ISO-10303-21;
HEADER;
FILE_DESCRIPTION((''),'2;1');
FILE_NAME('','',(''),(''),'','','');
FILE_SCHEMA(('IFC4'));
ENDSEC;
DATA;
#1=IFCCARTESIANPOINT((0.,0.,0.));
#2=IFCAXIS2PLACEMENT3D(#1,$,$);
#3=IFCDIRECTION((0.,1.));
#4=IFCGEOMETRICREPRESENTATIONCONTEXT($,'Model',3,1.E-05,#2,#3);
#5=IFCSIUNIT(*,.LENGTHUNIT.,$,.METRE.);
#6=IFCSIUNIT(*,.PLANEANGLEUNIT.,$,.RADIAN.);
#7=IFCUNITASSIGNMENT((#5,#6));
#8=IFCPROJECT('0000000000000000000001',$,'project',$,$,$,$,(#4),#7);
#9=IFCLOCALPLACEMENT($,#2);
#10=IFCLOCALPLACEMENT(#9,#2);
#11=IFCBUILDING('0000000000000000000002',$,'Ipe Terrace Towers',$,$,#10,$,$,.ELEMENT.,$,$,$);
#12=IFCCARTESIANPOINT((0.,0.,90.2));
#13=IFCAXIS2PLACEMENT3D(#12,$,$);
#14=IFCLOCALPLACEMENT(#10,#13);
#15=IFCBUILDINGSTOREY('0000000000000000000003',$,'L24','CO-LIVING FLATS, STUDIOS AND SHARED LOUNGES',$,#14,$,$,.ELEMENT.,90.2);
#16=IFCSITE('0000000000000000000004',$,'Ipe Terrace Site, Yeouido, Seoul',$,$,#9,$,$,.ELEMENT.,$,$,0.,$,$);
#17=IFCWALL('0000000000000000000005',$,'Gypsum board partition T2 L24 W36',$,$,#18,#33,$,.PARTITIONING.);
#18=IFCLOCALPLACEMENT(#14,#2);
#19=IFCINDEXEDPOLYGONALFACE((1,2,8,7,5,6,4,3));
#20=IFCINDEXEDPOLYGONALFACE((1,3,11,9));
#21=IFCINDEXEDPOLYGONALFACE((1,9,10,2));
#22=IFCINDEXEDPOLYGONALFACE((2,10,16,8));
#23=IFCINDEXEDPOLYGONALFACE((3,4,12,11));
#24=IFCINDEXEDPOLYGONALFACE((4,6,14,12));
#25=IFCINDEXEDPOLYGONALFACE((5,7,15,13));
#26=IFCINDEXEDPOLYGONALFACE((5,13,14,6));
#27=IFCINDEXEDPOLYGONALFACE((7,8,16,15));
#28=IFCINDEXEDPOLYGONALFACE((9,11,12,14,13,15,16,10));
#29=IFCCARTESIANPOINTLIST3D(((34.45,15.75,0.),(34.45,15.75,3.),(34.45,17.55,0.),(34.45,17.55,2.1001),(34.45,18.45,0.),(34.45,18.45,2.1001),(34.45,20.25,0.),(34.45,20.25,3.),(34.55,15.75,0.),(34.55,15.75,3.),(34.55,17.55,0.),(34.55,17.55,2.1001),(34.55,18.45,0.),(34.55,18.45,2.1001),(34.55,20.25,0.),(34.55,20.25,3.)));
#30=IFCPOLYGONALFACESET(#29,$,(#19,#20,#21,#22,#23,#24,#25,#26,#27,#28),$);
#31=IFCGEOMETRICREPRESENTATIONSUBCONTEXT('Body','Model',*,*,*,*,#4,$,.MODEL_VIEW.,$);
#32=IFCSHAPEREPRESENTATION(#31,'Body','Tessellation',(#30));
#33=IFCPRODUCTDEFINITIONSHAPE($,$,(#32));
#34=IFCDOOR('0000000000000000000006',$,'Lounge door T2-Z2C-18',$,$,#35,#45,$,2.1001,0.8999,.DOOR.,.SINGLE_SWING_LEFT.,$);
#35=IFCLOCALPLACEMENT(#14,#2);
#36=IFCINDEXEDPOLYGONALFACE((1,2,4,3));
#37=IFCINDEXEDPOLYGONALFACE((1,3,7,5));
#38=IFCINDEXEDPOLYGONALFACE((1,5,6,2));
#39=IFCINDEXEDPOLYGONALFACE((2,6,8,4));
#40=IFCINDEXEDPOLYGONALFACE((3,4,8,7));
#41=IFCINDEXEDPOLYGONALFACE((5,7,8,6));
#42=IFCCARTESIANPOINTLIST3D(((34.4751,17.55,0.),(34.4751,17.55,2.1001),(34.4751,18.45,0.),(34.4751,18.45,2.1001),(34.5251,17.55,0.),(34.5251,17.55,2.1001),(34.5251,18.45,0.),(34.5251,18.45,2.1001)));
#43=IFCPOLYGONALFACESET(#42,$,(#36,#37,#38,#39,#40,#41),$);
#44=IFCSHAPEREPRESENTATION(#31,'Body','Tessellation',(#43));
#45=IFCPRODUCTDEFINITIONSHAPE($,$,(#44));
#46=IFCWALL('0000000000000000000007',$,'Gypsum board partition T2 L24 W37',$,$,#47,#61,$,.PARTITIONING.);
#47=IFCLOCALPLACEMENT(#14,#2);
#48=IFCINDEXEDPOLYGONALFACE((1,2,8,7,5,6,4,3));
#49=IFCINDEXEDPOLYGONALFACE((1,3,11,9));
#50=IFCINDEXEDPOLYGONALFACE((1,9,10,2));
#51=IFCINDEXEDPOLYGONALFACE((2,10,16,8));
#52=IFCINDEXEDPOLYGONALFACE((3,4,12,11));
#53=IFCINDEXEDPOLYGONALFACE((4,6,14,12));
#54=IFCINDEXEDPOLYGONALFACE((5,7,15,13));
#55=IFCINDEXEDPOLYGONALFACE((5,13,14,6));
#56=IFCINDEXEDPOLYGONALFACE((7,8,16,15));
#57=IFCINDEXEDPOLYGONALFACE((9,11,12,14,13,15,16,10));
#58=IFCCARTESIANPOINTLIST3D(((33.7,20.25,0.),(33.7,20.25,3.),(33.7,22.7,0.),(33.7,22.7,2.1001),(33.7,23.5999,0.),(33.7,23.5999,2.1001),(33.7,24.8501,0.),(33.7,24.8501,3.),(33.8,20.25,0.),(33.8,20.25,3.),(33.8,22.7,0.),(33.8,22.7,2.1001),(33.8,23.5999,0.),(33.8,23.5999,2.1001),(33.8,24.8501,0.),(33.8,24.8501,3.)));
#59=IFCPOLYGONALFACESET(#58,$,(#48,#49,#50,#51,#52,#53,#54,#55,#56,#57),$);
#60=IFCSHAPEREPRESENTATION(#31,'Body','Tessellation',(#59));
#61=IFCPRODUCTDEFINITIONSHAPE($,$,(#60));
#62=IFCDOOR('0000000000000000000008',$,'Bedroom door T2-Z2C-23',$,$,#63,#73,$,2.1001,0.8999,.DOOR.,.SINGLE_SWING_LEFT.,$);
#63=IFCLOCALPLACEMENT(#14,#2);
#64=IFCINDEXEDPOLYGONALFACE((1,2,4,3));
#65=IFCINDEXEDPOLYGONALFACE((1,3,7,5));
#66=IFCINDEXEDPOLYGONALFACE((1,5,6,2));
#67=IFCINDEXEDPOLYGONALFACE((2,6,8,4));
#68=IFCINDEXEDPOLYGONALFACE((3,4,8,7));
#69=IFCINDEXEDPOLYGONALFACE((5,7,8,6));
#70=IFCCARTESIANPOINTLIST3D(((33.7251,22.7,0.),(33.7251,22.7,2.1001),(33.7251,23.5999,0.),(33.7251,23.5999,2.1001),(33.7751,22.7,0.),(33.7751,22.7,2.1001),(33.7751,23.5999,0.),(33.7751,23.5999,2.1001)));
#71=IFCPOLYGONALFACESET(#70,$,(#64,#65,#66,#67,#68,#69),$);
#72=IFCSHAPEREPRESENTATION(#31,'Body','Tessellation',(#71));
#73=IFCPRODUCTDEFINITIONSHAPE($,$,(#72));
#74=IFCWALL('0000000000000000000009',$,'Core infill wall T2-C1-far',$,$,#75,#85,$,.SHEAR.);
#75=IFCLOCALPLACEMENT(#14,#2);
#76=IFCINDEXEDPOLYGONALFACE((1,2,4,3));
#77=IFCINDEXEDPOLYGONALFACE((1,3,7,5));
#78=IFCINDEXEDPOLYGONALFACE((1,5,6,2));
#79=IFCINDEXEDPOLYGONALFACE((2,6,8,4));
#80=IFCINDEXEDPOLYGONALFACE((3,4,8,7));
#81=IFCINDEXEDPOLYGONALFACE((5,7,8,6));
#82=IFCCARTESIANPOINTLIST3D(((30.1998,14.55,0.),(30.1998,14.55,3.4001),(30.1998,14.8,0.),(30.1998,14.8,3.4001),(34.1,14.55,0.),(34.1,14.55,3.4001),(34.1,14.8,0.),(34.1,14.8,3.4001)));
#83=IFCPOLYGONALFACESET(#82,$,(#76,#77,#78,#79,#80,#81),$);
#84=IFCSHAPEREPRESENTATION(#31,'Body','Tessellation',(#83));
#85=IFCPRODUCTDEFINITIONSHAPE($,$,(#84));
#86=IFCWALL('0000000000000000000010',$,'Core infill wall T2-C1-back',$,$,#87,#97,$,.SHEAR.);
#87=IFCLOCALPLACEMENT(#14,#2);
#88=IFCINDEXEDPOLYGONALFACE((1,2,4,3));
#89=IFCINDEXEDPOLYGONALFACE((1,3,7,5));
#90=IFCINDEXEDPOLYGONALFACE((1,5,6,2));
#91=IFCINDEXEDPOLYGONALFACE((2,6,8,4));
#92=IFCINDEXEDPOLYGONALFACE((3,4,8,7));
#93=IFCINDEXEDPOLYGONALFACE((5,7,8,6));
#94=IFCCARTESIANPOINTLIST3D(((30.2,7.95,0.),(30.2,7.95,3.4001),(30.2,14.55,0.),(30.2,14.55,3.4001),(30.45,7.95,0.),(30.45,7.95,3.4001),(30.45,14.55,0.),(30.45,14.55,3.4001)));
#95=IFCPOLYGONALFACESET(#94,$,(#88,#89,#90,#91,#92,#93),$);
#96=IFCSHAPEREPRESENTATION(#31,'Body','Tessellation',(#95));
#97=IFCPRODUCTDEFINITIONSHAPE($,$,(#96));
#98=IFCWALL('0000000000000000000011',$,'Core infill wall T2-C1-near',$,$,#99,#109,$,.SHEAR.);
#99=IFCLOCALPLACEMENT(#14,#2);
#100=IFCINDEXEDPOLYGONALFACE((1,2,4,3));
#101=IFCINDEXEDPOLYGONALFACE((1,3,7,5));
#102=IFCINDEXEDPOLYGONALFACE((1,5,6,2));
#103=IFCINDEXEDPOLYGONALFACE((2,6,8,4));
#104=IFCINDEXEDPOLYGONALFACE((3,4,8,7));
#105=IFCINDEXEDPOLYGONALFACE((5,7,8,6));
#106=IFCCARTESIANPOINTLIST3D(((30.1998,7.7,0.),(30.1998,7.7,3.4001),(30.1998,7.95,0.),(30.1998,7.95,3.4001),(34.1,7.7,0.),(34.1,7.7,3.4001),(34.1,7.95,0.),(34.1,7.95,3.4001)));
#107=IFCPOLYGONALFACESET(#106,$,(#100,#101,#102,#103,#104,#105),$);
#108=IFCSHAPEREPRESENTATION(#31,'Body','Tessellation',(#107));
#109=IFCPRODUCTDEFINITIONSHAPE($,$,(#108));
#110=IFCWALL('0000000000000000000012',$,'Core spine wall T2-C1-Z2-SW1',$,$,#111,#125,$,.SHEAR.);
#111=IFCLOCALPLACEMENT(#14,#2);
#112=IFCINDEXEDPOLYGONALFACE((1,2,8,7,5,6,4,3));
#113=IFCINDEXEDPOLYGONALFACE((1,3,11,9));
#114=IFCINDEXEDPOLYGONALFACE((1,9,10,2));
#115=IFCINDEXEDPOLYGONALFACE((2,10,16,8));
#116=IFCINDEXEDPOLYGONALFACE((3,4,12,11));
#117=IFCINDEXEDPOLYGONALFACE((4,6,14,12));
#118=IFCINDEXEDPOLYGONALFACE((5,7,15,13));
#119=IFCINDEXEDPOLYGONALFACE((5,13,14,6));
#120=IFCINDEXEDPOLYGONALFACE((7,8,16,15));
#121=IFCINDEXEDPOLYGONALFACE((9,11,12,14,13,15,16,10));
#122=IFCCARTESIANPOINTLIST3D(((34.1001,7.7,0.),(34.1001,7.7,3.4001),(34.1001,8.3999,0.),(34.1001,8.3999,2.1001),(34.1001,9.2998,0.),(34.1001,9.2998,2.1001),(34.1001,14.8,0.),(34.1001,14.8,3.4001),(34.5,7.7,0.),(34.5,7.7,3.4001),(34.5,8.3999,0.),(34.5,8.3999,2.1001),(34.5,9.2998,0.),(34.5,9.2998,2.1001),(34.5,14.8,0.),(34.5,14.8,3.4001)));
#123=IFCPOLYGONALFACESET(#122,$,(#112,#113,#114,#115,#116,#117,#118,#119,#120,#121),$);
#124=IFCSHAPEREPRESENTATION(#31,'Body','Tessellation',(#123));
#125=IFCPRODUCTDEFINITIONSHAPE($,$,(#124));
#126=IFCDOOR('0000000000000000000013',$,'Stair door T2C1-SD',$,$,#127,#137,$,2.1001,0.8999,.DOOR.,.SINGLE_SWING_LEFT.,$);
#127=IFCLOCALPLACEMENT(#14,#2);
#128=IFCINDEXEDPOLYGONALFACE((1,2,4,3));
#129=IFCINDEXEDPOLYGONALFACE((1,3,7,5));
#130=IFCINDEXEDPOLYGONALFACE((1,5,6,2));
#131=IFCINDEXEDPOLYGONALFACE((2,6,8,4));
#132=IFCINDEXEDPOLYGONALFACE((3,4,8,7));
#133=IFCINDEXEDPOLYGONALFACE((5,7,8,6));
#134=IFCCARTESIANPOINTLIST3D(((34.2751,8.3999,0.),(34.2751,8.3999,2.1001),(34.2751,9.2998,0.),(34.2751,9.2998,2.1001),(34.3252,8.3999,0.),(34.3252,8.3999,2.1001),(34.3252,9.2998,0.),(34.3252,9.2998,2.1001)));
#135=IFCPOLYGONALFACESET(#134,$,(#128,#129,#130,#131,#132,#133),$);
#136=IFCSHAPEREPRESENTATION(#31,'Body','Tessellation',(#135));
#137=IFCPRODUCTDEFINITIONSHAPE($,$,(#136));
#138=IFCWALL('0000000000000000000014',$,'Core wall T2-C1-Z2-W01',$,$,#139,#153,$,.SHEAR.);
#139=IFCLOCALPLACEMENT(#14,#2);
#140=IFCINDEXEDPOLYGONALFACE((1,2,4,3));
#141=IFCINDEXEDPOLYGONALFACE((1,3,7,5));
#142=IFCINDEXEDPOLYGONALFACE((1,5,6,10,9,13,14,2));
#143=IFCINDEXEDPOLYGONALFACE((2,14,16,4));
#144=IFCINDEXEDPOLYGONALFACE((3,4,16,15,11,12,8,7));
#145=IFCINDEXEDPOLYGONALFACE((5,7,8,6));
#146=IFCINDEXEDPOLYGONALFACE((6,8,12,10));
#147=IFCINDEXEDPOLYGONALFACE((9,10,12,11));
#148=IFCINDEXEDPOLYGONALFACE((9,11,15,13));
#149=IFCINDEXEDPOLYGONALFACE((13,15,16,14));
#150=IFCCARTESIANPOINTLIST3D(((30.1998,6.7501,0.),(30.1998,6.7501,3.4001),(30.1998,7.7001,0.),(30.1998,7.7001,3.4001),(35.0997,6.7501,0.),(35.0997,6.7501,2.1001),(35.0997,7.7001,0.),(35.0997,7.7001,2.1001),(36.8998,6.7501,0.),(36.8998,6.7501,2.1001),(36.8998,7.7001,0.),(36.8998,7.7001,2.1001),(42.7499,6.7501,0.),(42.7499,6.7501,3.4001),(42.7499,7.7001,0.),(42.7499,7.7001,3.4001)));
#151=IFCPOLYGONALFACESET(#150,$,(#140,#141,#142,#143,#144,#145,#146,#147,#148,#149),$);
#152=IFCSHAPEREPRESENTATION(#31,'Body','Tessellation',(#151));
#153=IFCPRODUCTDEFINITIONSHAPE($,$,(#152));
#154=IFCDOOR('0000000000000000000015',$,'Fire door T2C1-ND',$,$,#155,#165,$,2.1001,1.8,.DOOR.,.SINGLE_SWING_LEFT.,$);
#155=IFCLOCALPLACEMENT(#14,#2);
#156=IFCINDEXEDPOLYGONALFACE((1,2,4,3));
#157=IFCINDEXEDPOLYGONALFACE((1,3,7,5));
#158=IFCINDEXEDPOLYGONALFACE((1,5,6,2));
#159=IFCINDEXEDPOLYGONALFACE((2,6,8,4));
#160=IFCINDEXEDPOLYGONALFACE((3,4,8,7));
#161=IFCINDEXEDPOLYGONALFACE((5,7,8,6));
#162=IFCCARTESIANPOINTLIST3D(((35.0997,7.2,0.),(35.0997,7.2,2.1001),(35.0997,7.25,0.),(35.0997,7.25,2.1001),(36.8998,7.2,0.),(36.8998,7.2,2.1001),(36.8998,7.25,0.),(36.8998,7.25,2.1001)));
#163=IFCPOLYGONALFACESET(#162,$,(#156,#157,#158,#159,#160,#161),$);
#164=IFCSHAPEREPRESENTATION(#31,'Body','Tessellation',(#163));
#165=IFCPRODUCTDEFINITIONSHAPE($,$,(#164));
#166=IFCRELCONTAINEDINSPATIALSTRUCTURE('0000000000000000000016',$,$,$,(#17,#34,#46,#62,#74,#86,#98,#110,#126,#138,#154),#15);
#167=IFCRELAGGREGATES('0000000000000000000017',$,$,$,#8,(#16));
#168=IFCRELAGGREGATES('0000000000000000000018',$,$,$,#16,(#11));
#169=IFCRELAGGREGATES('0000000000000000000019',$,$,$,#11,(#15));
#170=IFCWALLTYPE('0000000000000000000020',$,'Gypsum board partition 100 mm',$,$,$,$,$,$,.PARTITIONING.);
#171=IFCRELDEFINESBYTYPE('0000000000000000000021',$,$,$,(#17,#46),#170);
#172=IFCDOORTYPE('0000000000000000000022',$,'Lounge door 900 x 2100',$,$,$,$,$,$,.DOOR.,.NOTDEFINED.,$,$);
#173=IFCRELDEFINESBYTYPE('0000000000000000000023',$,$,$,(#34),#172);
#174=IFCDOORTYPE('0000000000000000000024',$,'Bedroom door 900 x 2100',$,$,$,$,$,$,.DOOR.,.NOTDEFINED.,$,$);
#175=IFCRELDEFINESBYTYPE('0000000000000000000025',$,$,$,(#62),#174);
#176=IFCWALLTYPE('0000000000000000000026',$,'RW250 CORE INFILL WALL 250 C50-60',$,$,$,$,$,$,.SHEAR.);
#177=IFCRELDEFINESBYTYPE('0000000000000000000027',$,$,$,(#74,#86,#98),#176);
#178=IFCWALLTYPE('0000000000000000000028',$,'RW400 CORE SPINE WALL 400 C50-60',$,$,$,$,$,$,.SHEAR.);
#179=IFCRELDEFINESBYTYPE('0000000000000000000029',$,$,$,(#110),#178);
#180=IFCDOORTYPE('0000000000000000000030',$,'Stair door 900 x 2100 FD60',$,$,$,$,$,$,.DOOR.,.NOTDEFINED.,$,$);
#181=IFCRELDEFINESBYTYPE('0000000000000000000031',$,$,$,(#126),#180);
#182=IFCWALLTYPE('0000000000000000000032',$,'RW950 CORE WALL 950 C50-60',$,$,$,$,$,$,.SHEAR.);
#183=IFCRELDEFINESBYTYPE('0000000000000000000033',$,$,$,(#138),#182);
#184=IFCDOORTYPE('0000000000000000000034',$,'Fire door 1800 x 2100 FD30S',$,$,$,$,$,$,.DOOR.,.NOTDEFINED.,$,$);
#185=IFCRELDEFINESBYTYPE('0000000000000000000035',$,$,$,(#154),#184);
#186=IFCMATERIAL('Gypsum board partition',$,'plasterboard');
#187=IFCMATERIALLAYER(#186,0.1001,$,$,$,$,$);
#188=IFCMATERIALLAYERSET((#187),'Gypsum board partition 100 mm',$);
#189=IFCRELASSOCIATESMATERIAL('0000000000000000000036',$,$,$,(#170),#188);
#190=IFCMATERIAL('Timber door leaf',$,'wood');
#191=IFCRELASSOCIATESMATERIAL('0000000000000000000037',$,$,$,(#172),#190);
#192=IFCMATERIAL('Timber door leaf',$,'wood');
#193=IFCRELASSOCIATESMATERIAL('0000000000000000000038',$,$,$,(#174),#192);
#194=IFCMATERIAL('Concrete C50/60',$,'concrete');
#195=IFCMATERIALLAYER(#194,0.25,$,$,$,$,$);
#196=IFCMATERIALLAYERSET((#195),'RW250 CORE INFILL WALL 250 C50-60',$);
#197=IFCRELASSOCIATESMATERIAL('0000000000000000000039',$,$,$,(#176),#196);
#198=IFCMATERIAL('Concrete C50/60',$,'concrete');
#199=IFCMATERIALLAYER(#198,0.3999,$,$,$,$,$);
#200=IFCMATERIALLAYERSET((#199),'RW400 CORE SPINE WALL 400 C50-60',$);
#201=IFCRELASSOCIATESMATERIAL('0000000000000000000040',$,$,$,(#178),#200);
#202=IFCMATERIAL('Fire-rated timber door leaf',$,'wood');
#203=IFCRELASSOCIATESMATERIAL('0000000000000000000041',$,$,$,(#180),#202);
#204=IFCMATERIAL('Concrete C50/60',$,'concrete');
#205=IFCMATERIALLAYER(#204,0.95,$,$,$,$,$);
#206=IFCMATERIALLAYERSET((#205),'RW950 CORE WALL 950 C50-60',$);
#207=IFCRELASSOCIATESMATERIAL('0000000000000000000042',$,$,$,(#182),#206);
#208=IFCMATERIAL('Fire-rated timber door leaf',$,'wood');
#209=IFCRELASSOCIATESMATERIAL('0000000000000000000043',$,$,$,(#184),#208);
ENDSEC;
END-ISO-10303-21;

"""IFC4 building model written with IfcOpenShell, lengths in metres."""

from ifc_helpers import new_model, si_unit, direction, frame, frame_2d, origin, place, context, subcontext, project, spatial, rectangle, extrude, material, layer, layer_set, type_object, element, fill, save


model = new_model("IFC4")

# Units and contexts
model_context = context("Model", 3, precision=1e-05, world=origin(), true_north=direction((0.0, 1.0)))
body_context = subcontext(model_context, "Body", "Model", "MODEL_VIEW")
ifc_project = project(units=[si_unit("LENGTHUNIT", "METRE"), si_unit("PLANEANGLEUNIT", "RADIAN")], contexts=[model_context])

# Site, building, storey
site_placement = place(None, origin())
site = spatial("IfcSite", under=ifc_project, at=site_placement, Name="Ipe Terrace Site, Yeouido, Seoul", CompositionType="ELEMENT", RefElevation=0.0)
building_placement = place(site_placement, origin())
building = spatial("IfcBuilding", under=site, at=building_placement, Name="Ipe Terrace Towers", CompositionType="ELEMENT")
storey_placement = place(building_placement, frame((0.0, 0.0, 90.2)))
storey = spatial("IfcBuildingStorey", under=building, at=storey_placement, Name="L24", Description="CO-LIVING FLATS, STUDIOS AND SHARED LOUNGES", CompositionType="ELEMENT", Elevation=90.2)

# Shared definitions
ifc_material_1 = material(Name="Gypsum board partition", Category="plasterboard")
ifc_layer_1 = layer(ifc_material_1, 0.1001)
ifc_layer_set_1 = layer_set([ifc_layer_1], Name="Gypsum board partition 100 mm")
wall_type_1 = type_object("IfcWallType", Name="Gypsum board partition 100 mm", PredefinedType="PARTITIONING", material=ifc_layer_set_1)

# Walls, openings, doors
wall_1_placement = place(storey_placement, frame((34.5, 15.75, 0.0), z_axis=(0.0, 0.0, 1.0), x_axis=(0.0, 1.0, 0.0)))
wall_1 = element("IfcWall", 1, at=wall_1_placement, inside=storey, type_object=wall_type_1, Name="Gypsum board partition T2 L24 W36", PredefinedType="PARTITIONING", context=body_context, shape_type="SweptSolid", body=[
    extrude(rectangle(XDim=4.5, YDim=0.1001, at=frame_2d((2.25, 0.0))), origin(), (0.0, 0.0, 1.0), 3.0),
])
opening_1_placement = place(wall_1_placement, frame((1.8, 0.0, 0.0)))
opening_1 = element("IfcOpeningElement", 2, at=opening_1_placement, cuts=wall_1, PredefinedType="OPENING", context=body_context, shape_type="SweptSolid", body=[
    extrude(rectangle(XDim=0.8999, YDim=2.1001, at=frame_2d((0.45, 1.05))), frame((0.0, 0.0601, 0.0), z_axis=(0.0, -1.0, 0.0), x_axis=(1.0, 0.0, 0.0)), (0.0, 0.0, 1.0), 0.1201),
])
ifc_material_2 = material(Name="Timber door leaf", Category="wood")
door_type_1 = type_object("IfcDoorType", Name="Lounge door 900 x 2100", OperationType="NOTDEFINED", PredefinedType="DOOR", material=ifc_material_2)
door_1_placement = place(opening_1_placement, origin())
door_1 = element("IfcDoor", 3, at=door_1_placement, inside=storey, type_object=door_type_1, Name="Lounge door T2-Z2C-18", OperationType="SINGLE_SWING_LEFT", OverallHeight=2.1001, OverallWidth=0.8999, PredefinedType="DOOR", context=body_context, shape_type="SweptSolid", body=[
    extrude(rectangle(XDim=0.8999, YDim=2.1001, at=frame_2d((0.45, 1.05))), frame((0.0, 0.0249, 0.0), z_axis=(0.0, -1.0, 0.0), x_axis=(1.0, 0.0, 0.0)), (0.0, 0.0, 1.0), 0.05),
])
fill(opening_1, door_1)
wall_2_placement = place(storey_placement, frame((33.75, 20.25, 0.0), z_axis=(0.0, 0.0, 1.0), x_axis=(0.0, 1.0, 0.0)))
wall_2 = element("IfcWall", 4, at=wall_2_placement, inside=storey, type_object=wall_type_1, Name="Gypsum board partition T2 L24 W37", PredefinedType="PARTITIONING", context=body_context, shape_type="SweptSolid", body=[
    extrude(rectangle(XDim=4.6001, YDim=0.1001, at=frame_2d((2.3, 0.0))), origin(), (0.0, 0.0, 1.0), 3.0),
])
opening_2_placement = place(wall_2_placement, frame((2.45, 0.0, 0.0)))
opening_2 = element("IfcOpeningElement", 5, at=opening_2_placement, cuts=wall_2, PredefinedType="OPENING", context=body_context, shape_type="SweptSolid", body=[
    extrude(rectangle(XDim=0.8999, YDim=2.1001, at=frame_2d((0.45, 1.05))), frame((0.0, 0.0601, 0.0), z_axis=(0.0, -1.0, 0.0), x_axis=(1.0, 0.0, 0.0)), (0.0, 0.0, 1.0), 0.1201),
])
ifc_material_3 = material(Name="Timber door leaf", Category="wood")
door_type_2 = type_object("IfcDoorType", Name="Bedroom door 900 x 2100", OperationType="NOTDEFINED", PredefinedType="DOOR", material=ifc_material_3)
door_2_placement = place(opening_2_placement, origin())
door_2 = element("IfcDoor", 6, at=door_2_placement, inside=storey, type_object=door_type_2, Name="Bedroom door T2-Z2C-23", OperationType="SINGLE_SWING_LEFT", OverallHeight=2.1001, OverallWidth=0.8999, PredefinedType="DOOR", context=body_context, shape_type="SweptSolid", body=[
    extrude(rectangle(XDim=0.8999, YDim=2.1001, at=frame_2d((0.45, 1.05))), frame((0.0, 0.0249, 0.0), z_axis=(0.0, -1.0, 0.0), x_axis=(1.0, 0.0, 0.0)), (0.0, 0.0, 1.0), 0.05),
])
fill(opening_2, door_2)

# Walls
ifc_material_4 = material(Name="Concrete C50/60", Category="concrete")
ifc_layer_2 = layer(ifc_material_4, 0.25)
ifc_layer_set_2 = layer_set([ifc_layer_2], Name="RW250 CORE INFILL WALL 250 C50-60")
wall_type_2 = type_object("IfcWallType", Name="RW250 CORE INFILL WALL 250 C50-60", PredefinedType="SHEAR", material=ifc_layer_set_2)
wall_3_placement = place(storey_placement, frame((34.1001, 14.675, 0.0), z_axis=(0.0, 0.0, 1.0), x_axis=(-1.0, 0.0, 0.0)))
element("IfcWall", 7, at=wall_3_placement, inside=storey, type_object=wall_type_2, Name="Core infill wall T2-C1-far", PredefinedType="SHEAR", context=body_context, shape_type="SweptSolid", body=[
    extrude(rectangle(XDim=3.9001, YDim=0.25, at=frame_2d((1.9502, 0.0))), origin(), (0.0, 0.0, 1.0), 3.4001),
])
wall_4_placement = place(storey_placement, frame((30.325, 7.95, 0.0), z_axis=(0.0, 0.0, 1.0), x_axis=(0.0, 1.0, 0.0)))
element("IfcWall", 8, at=wall_4_placement, inside=storey, type_object=wall_type_2, Name="Core infill wall T2-C1-back", PredefinedType="SHEAR", context=body_context, shape_type="SweptSolid", body=[
    extrude(rectangle(XDim=6.6001, YDim=0.25, at=frame_2d((3.3, 0.0))), origin(), (0.0, 0.0, 1.0), 3.4001),
])
wall_5_placement = place(storey_placement, frame((34.1001, 7.825, 0.0), z_axis=(0.0, 0.0, 1.0), x_axis=(-1.0, 0.0, 0.0)))
element("IfcWall", 9, at=wall_5_placement, inside=storey, type_object=wall_type_2, Name="Core infill wall T2-C1-near", PredefinedType="SHEAR", context=body_context, shape_type="SweptSolid", body=[
    extrude(rectangle(XDim=3.9001, YDim=0.25, at=frame_2d((1.9502, 0.0))), origin(), (0.0, 0.0, 1.0), 3.4001),
])

# Walls, openings, doors
ifc_material_5 = material(Name="Concrete C50/60", Category="concrete")
ifc_layer_3 = layer(ifc_material_5, 0.3999)
ifc_layer_set_3 = layer_set([ifc_layer_3], Name="RW400 CORE SPINE WALL 400 C50-60")
wall_type_3 = type_object("IfcWallType", Name="RW400 CORE SPINE WALL 400 C50-60", PredefinedType="SHEAR", material=ifc_layer_set_3)
wall_6_placement = place(storey_placement, frame((34.3, 7.7, 0.0), z_axis=(0.0, 0.0, 1.0), x_axis=(0.0, 1.0, 0.0)))
wall_6 = element("IfcWall", 10, at=wall_6_placement, inside=storey, type_object=wall_type_3, Name="Core spine wall T2-C1-Z2-SW1", PredefinedType="SHEAR", context=body_context, shape_type="SweptSolid", body=[
    extrude(rectangle(XDim=7.1001, YDim=0.3999, at=frame_2d((3.55, 0.0))), origin(), (0.0, 0.0, 1.0), 3.4001),
])
opening_3_placement = place(wall_6_placement, frame((0.7, 0.0, 0.0)))
opening_3 = element("IfcOpeningElement", 11, at=opening_3_placement, cuts=wall_6, PredefinedType="OPENING", context=body_context, shape_type="SweptSolid", body=[
    extrude(rectangle(XDim=0.8999, YDim=2.1001, at=frame_2d((0.45, 1.05))), frame((0.0, 0.21, 0.0), z_axis=(0.0, -1.0, 0.0), x_axis=(1.0, 0.0, 0.0)), (0.0, 0.0, 1.0), 0.4199),
])
ifc_material_6 = material(Name="Fire-rated timber door leaf", Category="wood")
door_type_3 = type_object("IfcDoorType", Name="Stair door 900 x 2100 FD60", OperationType="NOTDEFINED", PredefinedType="DOOR", material=ifc_material_6)
door_3_placement = place(opening_3_placement, origin())
door_3 = element("IfcDoor", 12, at=door_3_placement, inside=storey, type_object=door_type_3, Name="Stair door T2C1-SD", OperationType="SINGLE_SWING_LEFT", OverallHeight=2.1001, OverallWidth=0.8999, PredefinedType="DOOR", context=body_context, shape_type="SweptSolid", body=[
    extrude(rectangle(XDim=0.8999, YDim=2.1001, at=frame_2d((0.45, 1.05))), frame((0.0, 0.0249, 0.0), z_axis=(0.0, -1.0, 0.0), x_axis=(1.0, 0.0, 0.0)), (0.0, 0.0, 1.0), 0.05),
])
fill(opening_3, door_3)
ifc_material_7 = material(Name="Concrete C50/60", Category="concrete")
ifc_layer_4 = layer(ifc_material_7, 0.95)
ifc_layer_set_4 = layer_set([ifc_layer_4], Name="RW950 CORE WALL 950 C50-60")
wall_type_4 = type_object("IfcWallType", Name="RW950 CORE WALL 950 C50-60", PredefinedType="SHEAR", material=ifc_layer_set_4)
wall_7_placement = place(storey_placement, frame((30.2, 7.2251, 0.0), z_axis=(0.0, 0.0, 1.0), x_axis=(1.0, 0.0, 0.0)))
wall_7 = element("IfcWall", 13, at=wall_7_placement, inside=storey, type_object=wall_type_4, Name="Core wall T2-C1-Z2-W01", PredefinedType="SHEAR", context=body_context, shape_type="SweptSolid", body=[
    extrude(rectangle(XDim=12.55, YDim=0.95, at=frame_2d((6.2749, 0.0))), origin(), (0.0, 0.0, 1.0), 3.4001),
])
opening_4_placement = place(wall_7_placement, frame((4.8999, 0.0, 0.0)))
opening_4 = element("IfcOpeningElement", 14, at=opening_4_placement, cuts=wall_7, PredefinedType="OPENING", context=body_context, shape_type="SweptSolid", body=[
    extrude(rectangle(XDim=1.8, YDim=2.1001, at=frame_2d((0.8999, 1.05))), frame((0.0, 0.4849, 0.0), z_axis=(0.0, -1.0, 0.0), x_axis=(1.0, 0.0, 0.0)), (0.0, 0.0, 1.0), 0.97),
])
ifc_material_8 = material(Name="Fire-rated timber door leaf", Category="wood")
door_type_4 = type_object("IfcDoorType", Name="Fire door 1800 x 2100 FD30S", OperationType="NOTDEFINED", PredefinedType="DOOR", material=ifc_material_8)
door_4_placement = place(opening_4_placement, origin())
door_4 = element("IfcDoor", 15, at=door_4_placement, inside=storey, type_object=door_type_4, Name="Fire door T2C1-ND", OperationType="SINGLE_SWING_LEFT", OverallHeight=2.1001, OverallWidth=1.8, PredefinedType="DOOR", context=body_context, shape_type="SweptSolid", body=[
    extrude(rectangle(XDim=1.8, YDim=2.1001, at=frame_2d((0.8999, 1.05))), frame((0.0, 0.0249, 0.0), z_axis=(0.0, -1.0, 0.0), x_axis=(1.0, 0.0, 0.0)), (0.0, 0.0, 1.0), 0.05),
])
fill(opening_4, door_4)

save(model, "model.ifc")
